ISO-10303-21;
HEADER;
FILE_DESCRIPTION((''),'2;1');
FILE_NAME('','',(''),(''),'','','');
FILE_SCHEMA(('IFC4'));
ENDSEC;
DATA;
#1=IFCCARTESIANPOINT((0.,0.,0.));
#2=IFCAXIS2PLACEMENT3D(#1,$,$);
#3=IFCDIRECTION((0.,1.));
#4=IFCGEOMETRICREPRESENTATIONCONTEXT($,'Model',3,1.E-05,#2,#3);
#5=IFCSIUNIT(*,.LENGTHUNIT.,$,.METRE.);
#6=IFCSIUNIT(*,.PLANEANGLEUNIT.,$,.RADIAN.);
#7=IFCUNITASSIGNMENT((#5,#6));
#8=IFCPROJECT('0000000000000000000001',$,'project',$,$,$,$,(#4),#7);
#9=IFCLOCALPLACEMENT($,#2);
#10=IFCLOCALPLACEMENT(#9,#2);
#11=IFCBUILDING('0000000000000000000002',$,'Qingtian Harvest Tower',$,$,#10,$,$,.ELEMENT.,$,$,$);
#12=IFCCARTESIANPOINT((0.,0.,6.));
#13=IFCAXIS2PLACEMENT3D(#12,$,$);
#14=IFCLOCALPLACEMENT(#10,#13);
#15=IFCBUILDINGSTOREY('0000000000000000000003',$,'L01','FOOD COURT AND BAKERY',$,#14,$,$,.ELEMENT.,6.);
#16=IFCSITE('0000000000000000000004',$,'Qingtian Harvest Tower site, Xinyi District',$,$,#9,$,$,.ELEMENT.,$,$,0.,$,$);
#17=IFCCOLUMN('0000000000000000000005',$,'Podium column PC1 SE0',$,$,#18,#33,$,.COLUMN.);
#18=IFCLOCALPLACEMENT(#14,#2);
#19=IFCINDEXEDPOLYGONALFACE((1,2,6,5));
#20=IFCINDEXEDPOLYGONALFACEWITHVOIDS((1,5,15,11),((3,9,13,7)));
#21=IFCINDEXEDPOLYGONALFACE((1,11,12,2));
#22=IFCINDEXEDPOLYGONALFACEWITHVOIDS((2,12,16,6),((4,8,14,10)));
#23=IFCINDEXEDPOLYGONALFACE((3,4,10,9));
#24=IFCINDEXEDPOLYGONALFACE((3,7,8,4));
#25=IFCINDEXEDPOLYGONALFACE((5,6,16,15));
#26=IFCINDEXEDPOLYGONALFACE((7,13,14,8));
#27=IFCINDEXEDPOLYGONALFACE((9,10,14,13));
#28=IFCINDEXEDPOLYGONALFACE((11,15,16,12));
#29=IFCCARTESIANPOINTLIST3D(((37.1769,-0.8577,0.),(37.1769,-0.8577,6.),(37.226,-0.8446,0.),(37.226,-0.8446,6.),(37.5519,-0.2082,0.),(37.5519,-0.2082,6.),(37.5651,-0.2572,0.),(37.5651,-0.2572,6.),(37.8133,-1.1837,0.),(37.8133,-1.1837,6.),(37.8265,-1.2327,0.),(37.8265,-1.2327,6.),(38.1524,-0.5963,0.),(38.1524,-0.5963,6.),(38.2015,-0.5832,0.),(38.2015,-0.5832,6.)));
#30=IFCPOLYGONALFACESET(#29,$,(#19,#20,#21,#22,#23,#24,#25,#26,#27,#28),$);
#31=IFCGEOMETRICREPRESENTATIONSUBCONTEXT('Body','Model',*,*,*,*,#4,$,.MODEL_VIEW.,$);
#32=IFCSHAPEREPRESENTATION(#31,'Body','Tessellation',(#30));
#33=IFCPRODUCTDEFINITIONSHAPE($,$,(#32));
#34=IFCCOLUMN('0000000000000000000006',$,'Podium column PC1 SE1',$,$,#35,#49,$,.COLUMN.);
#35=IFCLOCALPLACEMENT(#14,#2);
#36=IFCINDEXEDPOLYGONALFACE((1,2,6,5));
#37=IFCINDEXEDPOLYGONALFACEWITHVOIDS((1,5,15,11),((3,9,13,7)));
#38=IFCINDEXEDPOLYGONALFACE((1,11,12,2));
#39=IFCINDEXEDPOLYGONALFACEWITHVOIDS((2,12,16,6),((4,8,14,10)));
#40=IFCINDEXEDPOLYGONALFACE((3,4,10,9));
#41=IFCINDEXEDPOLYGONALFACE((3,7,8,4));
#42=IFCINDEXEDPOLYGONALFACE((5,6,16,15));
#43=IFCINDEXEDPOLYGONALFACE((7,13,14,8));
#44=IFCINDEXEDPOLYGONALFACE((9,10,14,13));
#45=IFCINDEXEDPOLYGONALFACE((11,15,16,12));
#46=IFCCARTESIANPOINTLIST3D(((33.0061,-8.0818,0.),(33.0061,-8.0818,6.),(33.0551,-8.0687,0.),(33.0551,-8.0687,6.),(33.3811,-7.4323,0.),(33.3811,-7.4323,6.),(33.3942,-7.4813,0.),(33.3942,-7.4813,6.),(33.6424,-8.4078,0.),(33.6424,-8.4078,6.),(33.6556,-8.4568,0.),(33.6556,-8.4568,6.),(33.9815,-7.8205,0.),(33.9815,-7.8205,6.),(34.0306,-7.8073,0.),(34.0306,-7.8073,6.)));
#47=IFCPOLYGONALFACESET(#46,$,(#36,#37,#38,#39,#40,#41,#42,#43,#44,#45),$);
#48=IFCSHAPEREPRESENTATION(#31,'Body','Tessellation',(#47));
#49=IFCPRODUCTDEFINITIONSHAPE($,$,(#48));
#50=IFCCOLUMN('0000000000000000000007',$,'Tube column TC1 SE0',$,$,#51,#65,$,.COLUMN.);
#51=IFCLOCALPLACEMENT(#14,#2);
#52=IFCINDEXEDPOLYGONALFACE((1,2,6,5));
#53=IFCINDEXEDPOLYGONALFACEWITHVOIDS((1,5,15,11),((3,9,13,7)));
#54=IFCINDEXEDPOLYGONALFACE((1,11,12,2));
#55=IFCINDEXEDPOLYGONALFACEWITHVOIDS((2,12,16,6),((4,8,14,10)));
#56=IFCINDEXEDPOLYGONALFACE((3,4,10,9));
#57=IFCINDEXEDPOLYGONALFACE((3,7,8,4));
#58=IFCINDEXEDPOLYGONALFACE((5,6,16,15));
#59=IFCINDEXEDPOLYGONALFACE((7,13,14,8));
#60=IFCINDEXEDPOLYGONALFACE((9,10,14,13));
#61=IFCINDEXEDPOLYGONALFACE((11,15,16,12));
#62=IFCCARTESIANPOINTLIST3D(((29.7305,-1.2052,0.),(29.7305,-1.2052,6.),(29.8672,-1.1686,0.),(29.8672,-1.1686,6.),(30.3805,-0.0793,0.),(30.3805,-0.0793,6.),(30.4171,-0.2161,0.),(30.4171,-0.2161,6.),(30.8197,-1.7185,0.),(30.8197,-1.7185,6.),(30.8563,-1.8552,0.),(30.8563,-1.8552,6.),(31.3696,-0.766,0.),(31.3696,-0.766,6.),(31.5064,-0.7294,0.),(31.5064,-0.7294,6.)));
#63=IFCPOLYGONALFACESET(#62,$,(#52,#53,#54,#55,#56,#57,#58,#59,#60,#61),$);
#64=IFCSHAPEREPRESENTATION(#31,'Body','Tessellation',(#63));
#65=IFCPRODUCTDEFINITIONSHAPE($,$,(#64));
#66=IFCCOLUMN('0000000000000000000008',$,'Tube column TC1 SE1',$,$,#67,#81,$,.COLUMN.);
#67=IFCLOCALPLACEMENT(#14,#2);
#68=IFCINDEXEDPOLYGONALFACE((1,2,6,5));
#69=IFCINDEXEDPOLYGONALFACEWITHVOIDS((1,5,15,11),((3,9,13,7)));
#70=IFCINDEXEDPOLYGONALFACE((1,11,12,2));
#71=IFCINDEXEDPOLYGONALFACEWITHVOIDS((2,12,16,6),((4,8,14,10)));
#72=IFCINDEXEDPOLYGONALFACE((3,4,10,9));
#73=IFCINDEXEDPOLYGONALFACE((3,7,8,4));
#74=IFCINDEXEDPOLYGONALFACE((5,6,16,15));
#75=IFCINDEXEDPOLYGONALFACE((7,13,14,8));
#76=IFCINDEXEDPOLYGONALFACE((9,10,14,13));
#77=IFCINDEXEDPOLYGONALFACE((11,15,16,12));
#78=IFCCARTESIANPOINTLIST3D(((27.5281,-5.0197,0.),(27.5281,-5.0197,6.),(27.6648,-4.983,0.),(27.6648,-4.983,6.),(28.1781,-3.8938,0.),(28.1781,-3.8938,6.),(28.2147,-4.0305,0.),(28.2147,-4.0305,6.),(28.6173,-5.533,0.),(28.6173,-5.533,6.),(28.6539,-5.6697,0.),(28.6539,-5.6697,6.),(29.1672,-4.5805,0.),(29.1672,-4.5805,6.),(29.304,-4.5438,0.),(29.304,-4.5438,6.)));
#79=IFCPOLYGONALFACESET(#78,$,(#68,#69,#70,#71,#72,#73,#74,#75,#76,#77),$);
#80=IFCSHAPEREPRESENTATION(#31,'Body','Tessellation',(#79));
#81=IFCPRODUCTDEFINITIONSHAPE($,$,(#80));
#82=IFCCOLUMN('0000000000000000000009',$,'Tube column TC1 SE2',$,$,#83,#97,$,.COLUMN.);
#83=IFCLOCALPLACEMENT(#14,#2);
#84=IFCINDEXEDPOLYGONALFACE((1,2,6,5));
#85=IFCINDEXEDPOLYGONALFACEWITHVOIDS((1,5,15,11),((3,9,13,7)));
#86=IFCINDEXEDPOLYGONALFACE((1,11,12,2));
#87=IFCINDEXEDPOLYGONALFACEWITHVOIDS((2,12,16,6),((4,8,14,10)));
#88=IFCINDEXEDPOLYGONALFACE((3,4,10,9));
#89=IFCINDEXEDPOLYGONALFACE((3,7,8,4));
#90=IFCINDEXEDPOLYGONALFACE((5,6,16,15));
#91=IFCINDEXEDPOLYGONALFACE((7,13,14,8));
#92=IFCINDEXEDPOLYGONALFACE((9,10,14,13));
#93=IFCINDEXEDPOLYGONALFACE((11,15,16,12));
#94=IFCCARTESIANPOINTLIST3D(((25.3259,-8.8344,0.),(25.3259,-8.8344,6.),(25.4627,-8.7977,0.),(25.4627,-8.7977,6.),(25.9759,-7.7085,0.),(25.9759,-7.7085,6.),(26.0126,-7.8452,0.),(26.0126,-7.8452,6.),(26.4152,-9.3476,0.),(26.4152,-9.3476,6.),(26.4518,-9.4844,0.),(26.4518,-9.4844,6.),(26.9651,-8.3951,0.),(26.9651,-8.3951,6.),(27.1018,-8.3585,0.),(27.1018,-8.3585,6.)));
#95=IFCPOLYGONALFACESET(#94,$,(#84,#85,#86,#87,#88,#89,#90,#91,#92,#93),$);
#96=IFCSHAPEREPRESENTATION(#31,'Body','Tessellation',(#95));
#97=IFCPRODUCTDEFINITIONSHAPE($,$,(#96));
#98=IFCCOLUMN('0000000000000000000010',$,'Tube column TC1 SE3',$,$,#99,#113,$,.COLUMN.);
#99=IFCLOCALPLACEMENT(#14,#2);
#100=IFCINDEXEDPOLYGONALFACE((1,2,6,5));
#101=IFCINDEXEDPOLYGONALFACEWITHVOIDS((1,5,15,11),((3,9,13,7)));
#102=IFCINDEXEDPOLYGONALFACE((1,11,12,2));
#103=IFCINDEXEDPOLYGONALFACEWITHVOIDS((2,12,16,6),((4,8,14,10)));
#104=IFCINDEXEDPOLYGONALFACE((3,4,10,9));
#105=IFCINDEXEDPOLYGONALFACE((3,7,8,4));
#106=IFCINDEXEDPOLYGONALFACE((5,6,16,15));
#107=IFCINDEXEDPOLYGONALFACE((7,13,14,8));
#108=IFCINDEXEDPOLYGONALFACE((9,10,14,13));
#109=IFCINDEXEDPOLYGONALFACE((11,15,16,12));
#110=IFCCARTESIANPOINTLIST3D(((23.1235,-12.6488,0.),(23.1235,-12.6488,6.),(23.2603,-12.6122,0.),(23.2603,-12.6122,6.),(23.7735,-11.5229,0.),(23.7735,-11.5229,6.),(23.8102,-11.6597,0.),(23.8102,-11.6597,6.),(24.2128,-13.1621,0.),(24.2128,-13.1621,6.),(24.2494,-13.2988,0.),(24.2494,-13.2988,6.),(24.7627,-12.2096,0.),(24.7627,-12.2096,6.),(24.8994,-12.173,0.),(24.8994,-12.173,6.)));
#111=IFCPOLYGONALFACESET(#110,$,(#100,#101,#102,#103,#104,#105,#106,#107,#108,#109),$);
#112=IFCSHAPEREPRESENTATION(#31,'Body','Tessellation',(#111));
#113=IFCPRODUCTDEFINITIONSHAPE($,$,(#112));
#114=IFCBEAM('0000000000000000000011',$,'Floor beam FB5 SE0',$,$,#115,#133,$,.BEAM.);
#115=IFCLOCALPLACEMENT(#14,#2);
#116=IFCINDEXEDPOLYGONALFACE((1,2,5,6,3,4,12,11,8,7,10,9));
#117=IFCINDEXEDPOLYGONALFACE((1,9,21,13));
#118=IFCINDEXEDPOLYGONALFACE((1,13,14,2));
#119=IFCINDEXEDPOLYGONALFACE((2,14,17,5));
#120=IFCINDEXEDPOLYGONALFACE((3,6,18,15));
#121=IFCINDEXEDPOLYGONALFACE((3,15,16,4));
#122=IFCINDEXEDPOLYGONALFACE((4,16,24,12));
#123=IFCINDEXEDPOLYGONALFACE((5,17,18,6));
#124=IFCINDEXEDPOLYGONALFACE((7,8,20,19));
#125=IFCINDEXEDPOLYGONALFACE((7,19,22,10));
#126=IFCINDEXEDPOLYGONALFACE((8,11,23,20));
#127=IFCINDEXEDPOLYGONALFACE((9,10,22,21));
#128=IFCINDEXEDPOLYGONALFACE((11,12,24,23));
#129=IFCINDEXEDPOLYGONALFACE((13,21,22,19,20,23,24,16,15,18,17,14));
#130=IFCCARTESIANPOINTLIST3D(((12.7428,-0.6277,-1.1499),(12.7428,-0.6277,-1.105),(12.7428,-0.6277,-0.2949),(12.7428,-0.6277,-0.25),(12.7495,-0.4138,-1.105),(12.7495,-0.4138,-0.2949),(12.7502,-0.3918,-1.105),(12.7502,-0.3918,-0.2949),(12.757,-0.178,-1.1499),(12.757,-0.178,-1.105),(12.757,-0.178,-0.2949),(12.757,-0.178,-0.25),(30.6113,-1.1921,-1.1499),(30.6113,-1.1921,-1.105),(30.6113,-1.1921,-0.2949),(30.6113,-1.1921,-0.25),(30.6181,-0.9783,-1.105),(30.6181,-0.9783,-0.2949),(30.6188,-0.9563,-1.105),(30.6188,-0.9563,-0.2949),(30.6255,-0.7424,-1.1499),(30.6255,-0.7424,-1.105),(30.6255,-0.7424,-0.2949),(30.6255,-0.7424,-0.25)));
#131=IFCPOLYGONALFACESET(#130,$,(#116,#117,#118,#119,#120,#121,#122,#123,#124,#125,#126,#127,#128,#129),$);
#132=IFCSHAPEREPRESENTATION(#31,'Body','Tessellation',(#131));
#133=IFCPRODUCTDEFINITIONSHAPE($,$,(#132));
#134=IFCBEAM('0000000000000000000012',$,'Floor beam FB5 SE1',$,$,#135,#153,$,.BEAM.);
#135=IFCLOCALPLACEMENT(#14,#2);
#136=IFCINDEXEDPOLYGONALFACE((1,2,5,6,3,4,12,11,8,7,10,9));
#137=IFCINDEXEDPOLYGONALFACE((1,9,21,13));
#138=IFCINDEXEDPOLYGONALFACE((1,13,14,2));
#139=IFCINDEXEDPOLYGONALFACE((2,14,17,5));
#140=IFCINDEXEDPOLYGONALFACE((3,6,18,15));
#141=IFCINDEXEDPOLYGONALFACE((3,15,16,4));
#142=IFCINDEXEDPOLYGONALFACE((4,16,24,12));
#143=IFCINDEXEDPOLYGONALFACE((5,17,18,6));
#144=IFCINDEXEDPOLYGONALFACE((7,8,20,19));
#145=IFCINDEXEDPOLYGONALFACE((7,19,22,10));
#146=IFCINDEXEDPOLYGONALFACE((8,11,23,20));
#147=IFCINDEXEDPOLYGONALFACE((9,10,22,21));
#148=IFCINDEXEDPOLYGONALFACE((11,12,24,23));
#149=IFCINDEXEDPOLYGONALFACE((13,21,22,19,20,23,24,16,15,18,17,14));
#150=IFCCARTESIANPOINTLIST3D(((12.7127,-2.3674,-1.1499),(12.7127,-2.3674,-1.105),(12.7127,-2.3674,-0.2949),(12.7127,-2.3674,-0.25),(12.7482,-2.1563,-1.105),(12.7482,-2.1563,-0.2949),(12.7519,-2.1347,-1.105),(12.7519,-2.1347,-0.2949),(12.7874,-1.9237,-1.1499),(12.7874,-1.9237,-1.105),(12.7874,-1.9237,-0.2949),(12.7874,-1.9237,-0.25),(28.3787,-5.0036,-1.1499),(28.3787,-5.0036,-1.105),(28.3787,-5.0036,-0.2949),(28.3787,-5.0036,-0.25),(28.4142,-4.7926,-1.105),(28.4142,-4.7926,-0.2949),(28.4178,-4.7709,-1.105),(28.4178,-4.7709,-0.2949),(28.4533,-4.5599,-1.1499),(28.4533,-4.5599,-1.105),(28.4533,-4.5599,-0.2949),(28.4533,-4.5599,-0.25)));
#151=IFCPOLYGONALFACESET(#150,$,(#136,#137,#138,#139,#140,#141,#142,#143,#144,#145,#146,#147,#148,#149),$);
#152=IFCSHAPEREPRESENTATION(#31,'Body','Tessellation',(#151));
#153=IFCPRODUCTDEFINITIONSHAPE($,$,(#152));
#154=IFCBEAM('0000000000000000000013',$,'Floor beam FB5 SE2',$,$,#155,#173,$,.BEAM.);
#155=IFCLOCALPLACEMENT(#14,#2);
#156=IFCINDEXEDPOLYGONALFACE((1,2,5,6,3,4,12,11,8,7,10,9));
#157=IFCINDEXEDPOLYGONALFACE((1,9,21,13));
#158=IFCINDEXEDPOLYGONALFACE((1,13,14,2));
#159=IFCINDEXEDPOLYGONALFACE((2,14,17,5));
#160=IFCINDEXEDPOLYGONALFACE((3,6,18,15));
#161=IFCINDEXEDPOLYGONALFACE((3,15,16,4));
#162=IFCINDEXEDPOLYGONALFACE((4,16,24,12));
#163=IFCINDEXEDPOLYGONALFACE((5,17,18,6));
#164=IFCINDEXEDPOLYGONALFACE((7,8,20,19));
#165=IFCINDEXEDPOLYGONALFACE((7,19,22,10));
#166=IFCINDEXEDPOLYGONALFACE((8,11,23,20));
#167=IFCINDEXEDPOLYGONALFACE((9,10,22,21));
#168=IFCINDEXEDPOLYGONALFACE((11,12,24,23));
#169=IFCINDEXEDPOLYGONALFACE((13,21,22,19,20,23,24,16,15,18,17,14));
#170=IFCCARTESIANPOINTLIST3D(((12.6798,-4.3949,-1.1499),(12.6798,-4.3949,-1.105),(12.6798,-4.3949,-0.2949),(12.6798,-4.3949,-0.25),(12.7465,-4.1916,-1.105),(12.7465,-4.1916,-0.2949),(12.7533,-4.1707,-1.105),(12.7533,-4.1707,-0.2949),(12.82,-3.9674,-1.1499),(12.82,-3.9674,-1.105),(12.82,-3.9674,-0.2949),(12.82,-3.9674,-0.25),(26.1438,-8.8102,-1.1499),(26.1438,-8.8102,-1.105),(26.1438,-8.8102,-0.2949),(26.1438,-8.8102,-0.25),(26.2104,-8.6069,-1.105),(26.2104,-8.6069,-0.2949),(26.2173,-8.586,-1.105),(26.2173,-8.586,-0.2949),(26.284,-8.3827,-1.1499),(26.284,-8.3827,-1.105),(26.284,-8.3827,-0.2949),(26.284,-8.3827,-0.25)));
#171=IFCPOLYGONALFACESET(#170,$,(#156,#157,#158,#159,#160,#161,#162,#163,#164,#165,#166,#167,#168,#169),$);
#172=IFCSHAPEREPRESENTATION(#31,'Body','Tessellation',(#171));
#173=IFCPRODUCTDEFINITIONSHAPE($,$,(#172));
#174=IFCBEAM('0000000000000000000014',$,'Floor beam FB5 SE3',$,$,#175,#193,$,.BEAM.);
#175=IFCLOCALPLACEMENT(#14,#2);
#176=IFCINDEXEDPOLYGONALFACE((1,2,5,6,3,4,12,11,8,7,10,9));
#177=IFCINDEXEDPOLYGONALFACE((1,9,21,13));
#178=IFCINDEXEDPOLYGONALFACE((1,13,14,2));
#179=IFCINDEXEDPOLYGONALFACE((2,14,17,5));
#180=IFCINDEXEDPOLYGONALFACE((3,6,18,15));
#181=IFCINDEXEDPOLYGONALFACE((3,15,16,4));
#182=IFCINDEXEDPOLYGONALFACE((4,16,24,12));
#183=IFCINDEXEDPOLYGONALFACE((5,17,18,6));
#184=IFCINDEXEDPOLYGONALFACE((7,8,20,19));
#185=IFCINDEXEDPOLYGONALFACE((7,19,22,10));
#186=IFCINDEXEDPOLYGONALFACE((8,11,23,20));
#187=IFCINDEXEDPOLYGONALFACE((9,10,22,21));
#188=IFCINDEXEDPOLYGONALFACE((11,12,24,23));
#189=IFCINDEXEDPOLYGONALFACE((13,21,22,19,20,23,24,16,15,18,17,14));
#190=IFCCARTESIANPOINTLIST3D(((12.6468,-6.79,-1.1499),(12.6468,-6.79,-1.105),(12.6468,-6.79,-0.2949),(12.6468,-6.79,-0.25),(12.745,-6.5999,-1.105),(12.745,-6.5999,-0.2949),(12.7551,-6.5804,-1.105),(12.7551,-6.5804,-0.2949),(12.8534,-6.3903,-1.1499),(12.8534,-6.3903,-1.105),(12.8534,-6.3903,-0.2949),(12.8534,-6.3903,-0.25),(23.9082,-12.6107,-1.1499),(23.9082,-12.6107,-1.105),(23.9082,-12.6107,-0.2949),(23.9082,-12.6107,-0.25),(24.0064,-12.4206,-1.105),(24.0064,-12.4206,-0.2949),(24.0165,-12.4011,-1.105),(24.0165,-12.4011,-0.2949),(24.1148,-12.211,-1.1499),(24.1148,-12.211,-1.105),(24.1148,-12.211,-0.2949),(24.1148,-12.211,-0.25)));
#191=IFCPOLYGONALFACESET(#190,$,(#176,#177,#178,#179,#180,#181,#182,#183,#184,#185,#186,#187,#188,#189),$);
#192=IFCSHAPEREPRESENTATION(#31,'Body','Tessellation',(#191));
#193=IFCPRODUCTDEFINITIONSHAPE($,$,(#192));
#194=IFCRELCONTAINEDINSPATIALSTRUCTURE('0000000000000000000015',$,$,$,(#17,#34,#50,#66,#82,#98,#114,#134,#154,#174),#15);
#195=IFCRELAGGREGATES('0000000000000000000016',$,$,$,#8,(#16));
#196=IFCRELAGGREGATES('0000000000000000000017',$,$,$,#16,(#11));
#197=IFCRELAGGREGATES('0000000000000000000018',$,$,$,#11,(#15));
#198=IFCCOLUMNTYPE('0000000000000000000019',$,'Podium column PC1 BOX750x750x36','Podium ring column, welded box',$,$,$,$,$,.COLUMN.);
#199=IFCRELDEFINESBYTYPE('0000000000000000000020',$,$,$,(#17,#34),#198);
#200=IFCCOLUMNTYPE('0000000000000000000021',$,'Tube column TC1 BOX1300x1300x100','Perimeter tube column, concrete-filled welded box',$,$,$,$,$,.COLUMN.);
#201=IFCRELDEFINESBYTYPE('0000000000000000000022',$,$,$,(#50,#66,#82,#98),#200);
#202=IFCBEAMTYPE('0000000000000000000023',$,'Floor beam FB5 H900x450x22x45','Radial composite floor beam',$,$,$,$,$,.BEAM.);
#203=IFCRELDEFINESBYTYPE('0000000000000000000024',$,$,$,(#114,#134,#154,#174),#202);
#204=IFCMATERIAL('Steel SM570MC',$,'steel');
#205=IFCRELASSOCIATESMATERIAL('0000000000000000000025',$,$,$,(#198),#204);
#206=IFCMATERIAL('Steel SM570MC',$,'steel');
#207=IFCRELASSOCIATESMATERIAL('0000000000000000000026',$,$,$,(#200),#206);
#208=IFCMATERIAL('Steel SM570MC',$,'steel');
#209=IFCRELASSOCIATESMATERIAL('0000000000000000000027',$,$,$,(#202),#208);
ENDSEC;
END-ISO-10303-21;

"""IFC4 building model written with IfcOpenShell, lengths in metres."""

from ifc_helpers import new_model, si_unit, direction, frame, origin, origin_2d, place, context, subcontext, project, spatial, hollow_rectangle, i_section, extrude, material, material_profile, profile_set, type_object, element, save


model = new_model("IFC4")

# Units and contexts
model_context = context("Model", 3, precision=1e-05, world=origin(), true_north=direction((0.0, 1.0)))
body_context = subcontext(model_context, "Body", "Model", "MODEL_VIEW")
ifc_project = project(units=[si_unit("LENGTHUNIT", "METRE"), si_unit("PLANEANGLEUNIT", "RADIAN")], contexts=[model_context])

# Site, building, storey
site_placement = place(None, origin())
site = spatial("IfcSite", under=ifc_project, at=site_placement, Name="Qingtian Harvest Tower site, Xinyi District", CompositionType="ELEMENT", RefElevation=0.0)
building_placement = place(site_placement, origin())
building = spatial("IfcBuilding", under=site, at=building_placement, Name="Qingtian Harvest Tower", CompositionType="ELEMENT")
storey_placement = place(building_placement, frame((0.0, 0.0, 6.0)))
storey = spatial("IfcBuildingStorey", under=building, at=storey_placement, Name="L01", Description="FOOD COURT AND BAKERY", CompositionType="ELEMENT", Elevation=6.0)

# Columns
ifc_material_1 = material(Name="Steel SM570MC", Category="steel")
ifc_material_profile_1 = material_profile(ifc_material_1, hollow_rectangle(XDim=0.75, YDim=0.75, WallThickness=0.0359, at=origin_2d()), Name="BOX750x750x36")
ifc_profile_set_1 = profile_set([ifc_material_profile_1], Name="Steel SM570MC")
column_type_1 = type_object("IfcColumnType", Name="Podium column PC1 BOX750x750x36", Description="Podium ring column, welded box", PredefinedType="COLUMN", material=ifc_profile_set_1)
for number, where, z_axis, x_axis, name in (
    (1, (37.6892, -0.7205, 0.0), (0.0, 0.0, 1.0), (0.5, 0.866025, 0.0), "Podium column PC1 SE0"),
    (2, (33.5183, -7.9446, 0.0), (0.0, 0.0, 1.0), (0.5, 0.866025, 0.0), "Podium column PC1 SE1"),
):
    element("IfcColumn", number, at=place(storey_placement, frame(where, z_axis=z_axis, x_axis=x_axis)), inside=storey, type_object=column_type_1, Name=name, PredefinedType="COLUMN", context=body_context, shape_type="SweptSolid", body=[
        extrude(hollow_rectangle(XDim=0.75, YDim=0.75, WallThickness=0.0359, at=origin_2d()), origin(), (0.0, 0.0, 1.0), 6.0),
    ])
ifc_material_2 = material(Name="Steel SM570MC", Category="steel")
ifc_material_profile_2 = material_profile(ifc_material_2, hollow_rectangle(XDim=1.3, YDim=1.3, WallThickness=0.1001, at=origin_2d()), Name="BOX1300x1300x100")
ifc_profile_set_2 = profile_set([ifc_material_profile_2], Name="Steel SM570MC")
column_type_2 = type_object("IfcColumnType", Name="Tube column TC1 BOX1300x1300x100", Description="Perimeter tube column, concrete-filled welded box", PredefinedType="COLUMN", material=ifc_profile_set_2)
for number, where, z_axis, x_axis, name in (
    (3, (30.6184, -0.9673, 0.0), (0.0, 0.0, 1.0), (0.5, 0.866025, 0.0), "Tube column TC1 SE0"),
    (4, (28.416, -4.7817, 0.0), (0.0, 0.0, 1.0), (0.5, 0.866025, 0.0), "Tube column TC1 SE1"),
    (5, (26.2139, -8.5964, 0.0), (0.0, 0.0, 1.0), (0.5, 0.866025, 0.0), "Tube column TC1 SE2"),
    (6, (24.0115, -12.4109, 0.0), (0.0, 0.0, 1.0), (0.5, 0.866025, 0.0), "Tube column TC1 SE3"),
):
    element("IfcColumn", number, at=place(storey_placement, frame(where, z_axis=z_axis, x_axis=x_axis)), inside=storey, type_object=column_type_2, Name=name, PredefinedType="COLUMN", context=body_context, shape_type="SweptSolid", body=[
        extrude(hollow_rectangle(XDim=1.3, YDim=1.3, WallThickness=0.1001, at=origin_2d()), origin(), (0.0, 0.0, 1.0), 6.0),
    ])

# Beams
ifc_material_3 = material(Name="Steel SM570MC", Category="steel")
ifc_material_profile_3 = material_profile(ifc_material_3, i_section(OverallWidth=0.45, OverallDepth=0.8999, WebThickness=0.022, FlangeThickness=0.0449, at=origin_2d()), Name="H900x450x22x45")
ifc_profile_set_3 = profile_set([ifc_material_profile_3], Name="Steel SM570MC")
beam_type_1 = type_object("IfcBeamType", Name="Floor beam FB5 H900x450x22x45", Description="Radial composite floor beam", PredefinedType="BEAM", material=ifc_profile_set_3)
beam_1_placement = place(storey_placement, frame((30.6184, -0.9673, -0.7), z_axis=(-0.999501, 0.031574, 0.0), x_axis=(-0.031574, -0.999501, 0.0)))
element("IfcBeam", 7, at=beam_1_placement, inside=storey, type_object=beam_type_1, Name="Floor beam FB5 SE0", PredefinedType="BEAM", context=body_context, shape_type="SweptSolid", body=[
    extrude(i_section(OverallWidth=0.45, OverallDepth=0.8999, WebThickness=0.022, FlangeThickness=0.0449, at=origin_2d()), origin(), (0.0, 0.0, 1.0), 17.8774),
])
beam_2_placement = place(storey_placement, frame((28.416, -4.7817, -0.7), z_axis=(-0.986135, 0.165944, 0.0), x_axis=(-0.165944, -0.986135, 0.0)))
element("IfcBeam", 8, at=beam_2_placement, inside=storey, type_object=beam_type_1, Name="Floor beam FB5 SE1", PredefinedType="BEAM", context=body_context, shape_type="SweptSolid", body=[
    extrude(i_section(OverallWidth=0.45, OverallDepth=0.8999, WebThickness=0.022, FlangeThickness=0.0449, at=origin_2d()), origin(), (0.0, 0.0, 1.0), 15.8862),
])
beam_3_placement = place(storey_placement, frame((26.2139, -8.5964, -0.7), z_axis=(-0.950211, 0.311608, 0.0), x_axis=(-0.311608, -0.950211, 0.0)))
element("IfcBeam", 9, at=beam_3_placement, inside=storey, type_object=beam_type_1, Name="Floor beam FB5 SE2", PredefinedType="BEAM", context=body_context, shape_type="SweptSolid", body=[
    extrude(i_section(OverallWidth=0.45, OverallDepth=0.8999, WebThickness=0.022, FlangeThickness=0.0449, at=origin_2d()), origin(), (0.0, 0.0, 1.0), 14.1694),
])
beam_4_placement = place(storey_placement, frame((24.0115, -12.4109, -0.7), z_axis=(-0.88835, 0.459168, 0.0), x_axis=(-0.459168, -0.88835, 0.0)))
element("IfcBeam", 10, at=beam_4_placement, inside=storey, type_object=beam_type_1, Name="Floor beam FB5 SE3", PredefinedType="BEAM", context=body_context, shape_type="SweptSolid", body=[
    extrude(i_section(OverallWidth=0.45, OverallDepth=0.8999, WebThickness=0.022, FlangeThickness=0.0449, at=origin_2d()), origin(), (0.0, 0.0, 1.0), 12.6768),
])

save(model, "model.ifc")
